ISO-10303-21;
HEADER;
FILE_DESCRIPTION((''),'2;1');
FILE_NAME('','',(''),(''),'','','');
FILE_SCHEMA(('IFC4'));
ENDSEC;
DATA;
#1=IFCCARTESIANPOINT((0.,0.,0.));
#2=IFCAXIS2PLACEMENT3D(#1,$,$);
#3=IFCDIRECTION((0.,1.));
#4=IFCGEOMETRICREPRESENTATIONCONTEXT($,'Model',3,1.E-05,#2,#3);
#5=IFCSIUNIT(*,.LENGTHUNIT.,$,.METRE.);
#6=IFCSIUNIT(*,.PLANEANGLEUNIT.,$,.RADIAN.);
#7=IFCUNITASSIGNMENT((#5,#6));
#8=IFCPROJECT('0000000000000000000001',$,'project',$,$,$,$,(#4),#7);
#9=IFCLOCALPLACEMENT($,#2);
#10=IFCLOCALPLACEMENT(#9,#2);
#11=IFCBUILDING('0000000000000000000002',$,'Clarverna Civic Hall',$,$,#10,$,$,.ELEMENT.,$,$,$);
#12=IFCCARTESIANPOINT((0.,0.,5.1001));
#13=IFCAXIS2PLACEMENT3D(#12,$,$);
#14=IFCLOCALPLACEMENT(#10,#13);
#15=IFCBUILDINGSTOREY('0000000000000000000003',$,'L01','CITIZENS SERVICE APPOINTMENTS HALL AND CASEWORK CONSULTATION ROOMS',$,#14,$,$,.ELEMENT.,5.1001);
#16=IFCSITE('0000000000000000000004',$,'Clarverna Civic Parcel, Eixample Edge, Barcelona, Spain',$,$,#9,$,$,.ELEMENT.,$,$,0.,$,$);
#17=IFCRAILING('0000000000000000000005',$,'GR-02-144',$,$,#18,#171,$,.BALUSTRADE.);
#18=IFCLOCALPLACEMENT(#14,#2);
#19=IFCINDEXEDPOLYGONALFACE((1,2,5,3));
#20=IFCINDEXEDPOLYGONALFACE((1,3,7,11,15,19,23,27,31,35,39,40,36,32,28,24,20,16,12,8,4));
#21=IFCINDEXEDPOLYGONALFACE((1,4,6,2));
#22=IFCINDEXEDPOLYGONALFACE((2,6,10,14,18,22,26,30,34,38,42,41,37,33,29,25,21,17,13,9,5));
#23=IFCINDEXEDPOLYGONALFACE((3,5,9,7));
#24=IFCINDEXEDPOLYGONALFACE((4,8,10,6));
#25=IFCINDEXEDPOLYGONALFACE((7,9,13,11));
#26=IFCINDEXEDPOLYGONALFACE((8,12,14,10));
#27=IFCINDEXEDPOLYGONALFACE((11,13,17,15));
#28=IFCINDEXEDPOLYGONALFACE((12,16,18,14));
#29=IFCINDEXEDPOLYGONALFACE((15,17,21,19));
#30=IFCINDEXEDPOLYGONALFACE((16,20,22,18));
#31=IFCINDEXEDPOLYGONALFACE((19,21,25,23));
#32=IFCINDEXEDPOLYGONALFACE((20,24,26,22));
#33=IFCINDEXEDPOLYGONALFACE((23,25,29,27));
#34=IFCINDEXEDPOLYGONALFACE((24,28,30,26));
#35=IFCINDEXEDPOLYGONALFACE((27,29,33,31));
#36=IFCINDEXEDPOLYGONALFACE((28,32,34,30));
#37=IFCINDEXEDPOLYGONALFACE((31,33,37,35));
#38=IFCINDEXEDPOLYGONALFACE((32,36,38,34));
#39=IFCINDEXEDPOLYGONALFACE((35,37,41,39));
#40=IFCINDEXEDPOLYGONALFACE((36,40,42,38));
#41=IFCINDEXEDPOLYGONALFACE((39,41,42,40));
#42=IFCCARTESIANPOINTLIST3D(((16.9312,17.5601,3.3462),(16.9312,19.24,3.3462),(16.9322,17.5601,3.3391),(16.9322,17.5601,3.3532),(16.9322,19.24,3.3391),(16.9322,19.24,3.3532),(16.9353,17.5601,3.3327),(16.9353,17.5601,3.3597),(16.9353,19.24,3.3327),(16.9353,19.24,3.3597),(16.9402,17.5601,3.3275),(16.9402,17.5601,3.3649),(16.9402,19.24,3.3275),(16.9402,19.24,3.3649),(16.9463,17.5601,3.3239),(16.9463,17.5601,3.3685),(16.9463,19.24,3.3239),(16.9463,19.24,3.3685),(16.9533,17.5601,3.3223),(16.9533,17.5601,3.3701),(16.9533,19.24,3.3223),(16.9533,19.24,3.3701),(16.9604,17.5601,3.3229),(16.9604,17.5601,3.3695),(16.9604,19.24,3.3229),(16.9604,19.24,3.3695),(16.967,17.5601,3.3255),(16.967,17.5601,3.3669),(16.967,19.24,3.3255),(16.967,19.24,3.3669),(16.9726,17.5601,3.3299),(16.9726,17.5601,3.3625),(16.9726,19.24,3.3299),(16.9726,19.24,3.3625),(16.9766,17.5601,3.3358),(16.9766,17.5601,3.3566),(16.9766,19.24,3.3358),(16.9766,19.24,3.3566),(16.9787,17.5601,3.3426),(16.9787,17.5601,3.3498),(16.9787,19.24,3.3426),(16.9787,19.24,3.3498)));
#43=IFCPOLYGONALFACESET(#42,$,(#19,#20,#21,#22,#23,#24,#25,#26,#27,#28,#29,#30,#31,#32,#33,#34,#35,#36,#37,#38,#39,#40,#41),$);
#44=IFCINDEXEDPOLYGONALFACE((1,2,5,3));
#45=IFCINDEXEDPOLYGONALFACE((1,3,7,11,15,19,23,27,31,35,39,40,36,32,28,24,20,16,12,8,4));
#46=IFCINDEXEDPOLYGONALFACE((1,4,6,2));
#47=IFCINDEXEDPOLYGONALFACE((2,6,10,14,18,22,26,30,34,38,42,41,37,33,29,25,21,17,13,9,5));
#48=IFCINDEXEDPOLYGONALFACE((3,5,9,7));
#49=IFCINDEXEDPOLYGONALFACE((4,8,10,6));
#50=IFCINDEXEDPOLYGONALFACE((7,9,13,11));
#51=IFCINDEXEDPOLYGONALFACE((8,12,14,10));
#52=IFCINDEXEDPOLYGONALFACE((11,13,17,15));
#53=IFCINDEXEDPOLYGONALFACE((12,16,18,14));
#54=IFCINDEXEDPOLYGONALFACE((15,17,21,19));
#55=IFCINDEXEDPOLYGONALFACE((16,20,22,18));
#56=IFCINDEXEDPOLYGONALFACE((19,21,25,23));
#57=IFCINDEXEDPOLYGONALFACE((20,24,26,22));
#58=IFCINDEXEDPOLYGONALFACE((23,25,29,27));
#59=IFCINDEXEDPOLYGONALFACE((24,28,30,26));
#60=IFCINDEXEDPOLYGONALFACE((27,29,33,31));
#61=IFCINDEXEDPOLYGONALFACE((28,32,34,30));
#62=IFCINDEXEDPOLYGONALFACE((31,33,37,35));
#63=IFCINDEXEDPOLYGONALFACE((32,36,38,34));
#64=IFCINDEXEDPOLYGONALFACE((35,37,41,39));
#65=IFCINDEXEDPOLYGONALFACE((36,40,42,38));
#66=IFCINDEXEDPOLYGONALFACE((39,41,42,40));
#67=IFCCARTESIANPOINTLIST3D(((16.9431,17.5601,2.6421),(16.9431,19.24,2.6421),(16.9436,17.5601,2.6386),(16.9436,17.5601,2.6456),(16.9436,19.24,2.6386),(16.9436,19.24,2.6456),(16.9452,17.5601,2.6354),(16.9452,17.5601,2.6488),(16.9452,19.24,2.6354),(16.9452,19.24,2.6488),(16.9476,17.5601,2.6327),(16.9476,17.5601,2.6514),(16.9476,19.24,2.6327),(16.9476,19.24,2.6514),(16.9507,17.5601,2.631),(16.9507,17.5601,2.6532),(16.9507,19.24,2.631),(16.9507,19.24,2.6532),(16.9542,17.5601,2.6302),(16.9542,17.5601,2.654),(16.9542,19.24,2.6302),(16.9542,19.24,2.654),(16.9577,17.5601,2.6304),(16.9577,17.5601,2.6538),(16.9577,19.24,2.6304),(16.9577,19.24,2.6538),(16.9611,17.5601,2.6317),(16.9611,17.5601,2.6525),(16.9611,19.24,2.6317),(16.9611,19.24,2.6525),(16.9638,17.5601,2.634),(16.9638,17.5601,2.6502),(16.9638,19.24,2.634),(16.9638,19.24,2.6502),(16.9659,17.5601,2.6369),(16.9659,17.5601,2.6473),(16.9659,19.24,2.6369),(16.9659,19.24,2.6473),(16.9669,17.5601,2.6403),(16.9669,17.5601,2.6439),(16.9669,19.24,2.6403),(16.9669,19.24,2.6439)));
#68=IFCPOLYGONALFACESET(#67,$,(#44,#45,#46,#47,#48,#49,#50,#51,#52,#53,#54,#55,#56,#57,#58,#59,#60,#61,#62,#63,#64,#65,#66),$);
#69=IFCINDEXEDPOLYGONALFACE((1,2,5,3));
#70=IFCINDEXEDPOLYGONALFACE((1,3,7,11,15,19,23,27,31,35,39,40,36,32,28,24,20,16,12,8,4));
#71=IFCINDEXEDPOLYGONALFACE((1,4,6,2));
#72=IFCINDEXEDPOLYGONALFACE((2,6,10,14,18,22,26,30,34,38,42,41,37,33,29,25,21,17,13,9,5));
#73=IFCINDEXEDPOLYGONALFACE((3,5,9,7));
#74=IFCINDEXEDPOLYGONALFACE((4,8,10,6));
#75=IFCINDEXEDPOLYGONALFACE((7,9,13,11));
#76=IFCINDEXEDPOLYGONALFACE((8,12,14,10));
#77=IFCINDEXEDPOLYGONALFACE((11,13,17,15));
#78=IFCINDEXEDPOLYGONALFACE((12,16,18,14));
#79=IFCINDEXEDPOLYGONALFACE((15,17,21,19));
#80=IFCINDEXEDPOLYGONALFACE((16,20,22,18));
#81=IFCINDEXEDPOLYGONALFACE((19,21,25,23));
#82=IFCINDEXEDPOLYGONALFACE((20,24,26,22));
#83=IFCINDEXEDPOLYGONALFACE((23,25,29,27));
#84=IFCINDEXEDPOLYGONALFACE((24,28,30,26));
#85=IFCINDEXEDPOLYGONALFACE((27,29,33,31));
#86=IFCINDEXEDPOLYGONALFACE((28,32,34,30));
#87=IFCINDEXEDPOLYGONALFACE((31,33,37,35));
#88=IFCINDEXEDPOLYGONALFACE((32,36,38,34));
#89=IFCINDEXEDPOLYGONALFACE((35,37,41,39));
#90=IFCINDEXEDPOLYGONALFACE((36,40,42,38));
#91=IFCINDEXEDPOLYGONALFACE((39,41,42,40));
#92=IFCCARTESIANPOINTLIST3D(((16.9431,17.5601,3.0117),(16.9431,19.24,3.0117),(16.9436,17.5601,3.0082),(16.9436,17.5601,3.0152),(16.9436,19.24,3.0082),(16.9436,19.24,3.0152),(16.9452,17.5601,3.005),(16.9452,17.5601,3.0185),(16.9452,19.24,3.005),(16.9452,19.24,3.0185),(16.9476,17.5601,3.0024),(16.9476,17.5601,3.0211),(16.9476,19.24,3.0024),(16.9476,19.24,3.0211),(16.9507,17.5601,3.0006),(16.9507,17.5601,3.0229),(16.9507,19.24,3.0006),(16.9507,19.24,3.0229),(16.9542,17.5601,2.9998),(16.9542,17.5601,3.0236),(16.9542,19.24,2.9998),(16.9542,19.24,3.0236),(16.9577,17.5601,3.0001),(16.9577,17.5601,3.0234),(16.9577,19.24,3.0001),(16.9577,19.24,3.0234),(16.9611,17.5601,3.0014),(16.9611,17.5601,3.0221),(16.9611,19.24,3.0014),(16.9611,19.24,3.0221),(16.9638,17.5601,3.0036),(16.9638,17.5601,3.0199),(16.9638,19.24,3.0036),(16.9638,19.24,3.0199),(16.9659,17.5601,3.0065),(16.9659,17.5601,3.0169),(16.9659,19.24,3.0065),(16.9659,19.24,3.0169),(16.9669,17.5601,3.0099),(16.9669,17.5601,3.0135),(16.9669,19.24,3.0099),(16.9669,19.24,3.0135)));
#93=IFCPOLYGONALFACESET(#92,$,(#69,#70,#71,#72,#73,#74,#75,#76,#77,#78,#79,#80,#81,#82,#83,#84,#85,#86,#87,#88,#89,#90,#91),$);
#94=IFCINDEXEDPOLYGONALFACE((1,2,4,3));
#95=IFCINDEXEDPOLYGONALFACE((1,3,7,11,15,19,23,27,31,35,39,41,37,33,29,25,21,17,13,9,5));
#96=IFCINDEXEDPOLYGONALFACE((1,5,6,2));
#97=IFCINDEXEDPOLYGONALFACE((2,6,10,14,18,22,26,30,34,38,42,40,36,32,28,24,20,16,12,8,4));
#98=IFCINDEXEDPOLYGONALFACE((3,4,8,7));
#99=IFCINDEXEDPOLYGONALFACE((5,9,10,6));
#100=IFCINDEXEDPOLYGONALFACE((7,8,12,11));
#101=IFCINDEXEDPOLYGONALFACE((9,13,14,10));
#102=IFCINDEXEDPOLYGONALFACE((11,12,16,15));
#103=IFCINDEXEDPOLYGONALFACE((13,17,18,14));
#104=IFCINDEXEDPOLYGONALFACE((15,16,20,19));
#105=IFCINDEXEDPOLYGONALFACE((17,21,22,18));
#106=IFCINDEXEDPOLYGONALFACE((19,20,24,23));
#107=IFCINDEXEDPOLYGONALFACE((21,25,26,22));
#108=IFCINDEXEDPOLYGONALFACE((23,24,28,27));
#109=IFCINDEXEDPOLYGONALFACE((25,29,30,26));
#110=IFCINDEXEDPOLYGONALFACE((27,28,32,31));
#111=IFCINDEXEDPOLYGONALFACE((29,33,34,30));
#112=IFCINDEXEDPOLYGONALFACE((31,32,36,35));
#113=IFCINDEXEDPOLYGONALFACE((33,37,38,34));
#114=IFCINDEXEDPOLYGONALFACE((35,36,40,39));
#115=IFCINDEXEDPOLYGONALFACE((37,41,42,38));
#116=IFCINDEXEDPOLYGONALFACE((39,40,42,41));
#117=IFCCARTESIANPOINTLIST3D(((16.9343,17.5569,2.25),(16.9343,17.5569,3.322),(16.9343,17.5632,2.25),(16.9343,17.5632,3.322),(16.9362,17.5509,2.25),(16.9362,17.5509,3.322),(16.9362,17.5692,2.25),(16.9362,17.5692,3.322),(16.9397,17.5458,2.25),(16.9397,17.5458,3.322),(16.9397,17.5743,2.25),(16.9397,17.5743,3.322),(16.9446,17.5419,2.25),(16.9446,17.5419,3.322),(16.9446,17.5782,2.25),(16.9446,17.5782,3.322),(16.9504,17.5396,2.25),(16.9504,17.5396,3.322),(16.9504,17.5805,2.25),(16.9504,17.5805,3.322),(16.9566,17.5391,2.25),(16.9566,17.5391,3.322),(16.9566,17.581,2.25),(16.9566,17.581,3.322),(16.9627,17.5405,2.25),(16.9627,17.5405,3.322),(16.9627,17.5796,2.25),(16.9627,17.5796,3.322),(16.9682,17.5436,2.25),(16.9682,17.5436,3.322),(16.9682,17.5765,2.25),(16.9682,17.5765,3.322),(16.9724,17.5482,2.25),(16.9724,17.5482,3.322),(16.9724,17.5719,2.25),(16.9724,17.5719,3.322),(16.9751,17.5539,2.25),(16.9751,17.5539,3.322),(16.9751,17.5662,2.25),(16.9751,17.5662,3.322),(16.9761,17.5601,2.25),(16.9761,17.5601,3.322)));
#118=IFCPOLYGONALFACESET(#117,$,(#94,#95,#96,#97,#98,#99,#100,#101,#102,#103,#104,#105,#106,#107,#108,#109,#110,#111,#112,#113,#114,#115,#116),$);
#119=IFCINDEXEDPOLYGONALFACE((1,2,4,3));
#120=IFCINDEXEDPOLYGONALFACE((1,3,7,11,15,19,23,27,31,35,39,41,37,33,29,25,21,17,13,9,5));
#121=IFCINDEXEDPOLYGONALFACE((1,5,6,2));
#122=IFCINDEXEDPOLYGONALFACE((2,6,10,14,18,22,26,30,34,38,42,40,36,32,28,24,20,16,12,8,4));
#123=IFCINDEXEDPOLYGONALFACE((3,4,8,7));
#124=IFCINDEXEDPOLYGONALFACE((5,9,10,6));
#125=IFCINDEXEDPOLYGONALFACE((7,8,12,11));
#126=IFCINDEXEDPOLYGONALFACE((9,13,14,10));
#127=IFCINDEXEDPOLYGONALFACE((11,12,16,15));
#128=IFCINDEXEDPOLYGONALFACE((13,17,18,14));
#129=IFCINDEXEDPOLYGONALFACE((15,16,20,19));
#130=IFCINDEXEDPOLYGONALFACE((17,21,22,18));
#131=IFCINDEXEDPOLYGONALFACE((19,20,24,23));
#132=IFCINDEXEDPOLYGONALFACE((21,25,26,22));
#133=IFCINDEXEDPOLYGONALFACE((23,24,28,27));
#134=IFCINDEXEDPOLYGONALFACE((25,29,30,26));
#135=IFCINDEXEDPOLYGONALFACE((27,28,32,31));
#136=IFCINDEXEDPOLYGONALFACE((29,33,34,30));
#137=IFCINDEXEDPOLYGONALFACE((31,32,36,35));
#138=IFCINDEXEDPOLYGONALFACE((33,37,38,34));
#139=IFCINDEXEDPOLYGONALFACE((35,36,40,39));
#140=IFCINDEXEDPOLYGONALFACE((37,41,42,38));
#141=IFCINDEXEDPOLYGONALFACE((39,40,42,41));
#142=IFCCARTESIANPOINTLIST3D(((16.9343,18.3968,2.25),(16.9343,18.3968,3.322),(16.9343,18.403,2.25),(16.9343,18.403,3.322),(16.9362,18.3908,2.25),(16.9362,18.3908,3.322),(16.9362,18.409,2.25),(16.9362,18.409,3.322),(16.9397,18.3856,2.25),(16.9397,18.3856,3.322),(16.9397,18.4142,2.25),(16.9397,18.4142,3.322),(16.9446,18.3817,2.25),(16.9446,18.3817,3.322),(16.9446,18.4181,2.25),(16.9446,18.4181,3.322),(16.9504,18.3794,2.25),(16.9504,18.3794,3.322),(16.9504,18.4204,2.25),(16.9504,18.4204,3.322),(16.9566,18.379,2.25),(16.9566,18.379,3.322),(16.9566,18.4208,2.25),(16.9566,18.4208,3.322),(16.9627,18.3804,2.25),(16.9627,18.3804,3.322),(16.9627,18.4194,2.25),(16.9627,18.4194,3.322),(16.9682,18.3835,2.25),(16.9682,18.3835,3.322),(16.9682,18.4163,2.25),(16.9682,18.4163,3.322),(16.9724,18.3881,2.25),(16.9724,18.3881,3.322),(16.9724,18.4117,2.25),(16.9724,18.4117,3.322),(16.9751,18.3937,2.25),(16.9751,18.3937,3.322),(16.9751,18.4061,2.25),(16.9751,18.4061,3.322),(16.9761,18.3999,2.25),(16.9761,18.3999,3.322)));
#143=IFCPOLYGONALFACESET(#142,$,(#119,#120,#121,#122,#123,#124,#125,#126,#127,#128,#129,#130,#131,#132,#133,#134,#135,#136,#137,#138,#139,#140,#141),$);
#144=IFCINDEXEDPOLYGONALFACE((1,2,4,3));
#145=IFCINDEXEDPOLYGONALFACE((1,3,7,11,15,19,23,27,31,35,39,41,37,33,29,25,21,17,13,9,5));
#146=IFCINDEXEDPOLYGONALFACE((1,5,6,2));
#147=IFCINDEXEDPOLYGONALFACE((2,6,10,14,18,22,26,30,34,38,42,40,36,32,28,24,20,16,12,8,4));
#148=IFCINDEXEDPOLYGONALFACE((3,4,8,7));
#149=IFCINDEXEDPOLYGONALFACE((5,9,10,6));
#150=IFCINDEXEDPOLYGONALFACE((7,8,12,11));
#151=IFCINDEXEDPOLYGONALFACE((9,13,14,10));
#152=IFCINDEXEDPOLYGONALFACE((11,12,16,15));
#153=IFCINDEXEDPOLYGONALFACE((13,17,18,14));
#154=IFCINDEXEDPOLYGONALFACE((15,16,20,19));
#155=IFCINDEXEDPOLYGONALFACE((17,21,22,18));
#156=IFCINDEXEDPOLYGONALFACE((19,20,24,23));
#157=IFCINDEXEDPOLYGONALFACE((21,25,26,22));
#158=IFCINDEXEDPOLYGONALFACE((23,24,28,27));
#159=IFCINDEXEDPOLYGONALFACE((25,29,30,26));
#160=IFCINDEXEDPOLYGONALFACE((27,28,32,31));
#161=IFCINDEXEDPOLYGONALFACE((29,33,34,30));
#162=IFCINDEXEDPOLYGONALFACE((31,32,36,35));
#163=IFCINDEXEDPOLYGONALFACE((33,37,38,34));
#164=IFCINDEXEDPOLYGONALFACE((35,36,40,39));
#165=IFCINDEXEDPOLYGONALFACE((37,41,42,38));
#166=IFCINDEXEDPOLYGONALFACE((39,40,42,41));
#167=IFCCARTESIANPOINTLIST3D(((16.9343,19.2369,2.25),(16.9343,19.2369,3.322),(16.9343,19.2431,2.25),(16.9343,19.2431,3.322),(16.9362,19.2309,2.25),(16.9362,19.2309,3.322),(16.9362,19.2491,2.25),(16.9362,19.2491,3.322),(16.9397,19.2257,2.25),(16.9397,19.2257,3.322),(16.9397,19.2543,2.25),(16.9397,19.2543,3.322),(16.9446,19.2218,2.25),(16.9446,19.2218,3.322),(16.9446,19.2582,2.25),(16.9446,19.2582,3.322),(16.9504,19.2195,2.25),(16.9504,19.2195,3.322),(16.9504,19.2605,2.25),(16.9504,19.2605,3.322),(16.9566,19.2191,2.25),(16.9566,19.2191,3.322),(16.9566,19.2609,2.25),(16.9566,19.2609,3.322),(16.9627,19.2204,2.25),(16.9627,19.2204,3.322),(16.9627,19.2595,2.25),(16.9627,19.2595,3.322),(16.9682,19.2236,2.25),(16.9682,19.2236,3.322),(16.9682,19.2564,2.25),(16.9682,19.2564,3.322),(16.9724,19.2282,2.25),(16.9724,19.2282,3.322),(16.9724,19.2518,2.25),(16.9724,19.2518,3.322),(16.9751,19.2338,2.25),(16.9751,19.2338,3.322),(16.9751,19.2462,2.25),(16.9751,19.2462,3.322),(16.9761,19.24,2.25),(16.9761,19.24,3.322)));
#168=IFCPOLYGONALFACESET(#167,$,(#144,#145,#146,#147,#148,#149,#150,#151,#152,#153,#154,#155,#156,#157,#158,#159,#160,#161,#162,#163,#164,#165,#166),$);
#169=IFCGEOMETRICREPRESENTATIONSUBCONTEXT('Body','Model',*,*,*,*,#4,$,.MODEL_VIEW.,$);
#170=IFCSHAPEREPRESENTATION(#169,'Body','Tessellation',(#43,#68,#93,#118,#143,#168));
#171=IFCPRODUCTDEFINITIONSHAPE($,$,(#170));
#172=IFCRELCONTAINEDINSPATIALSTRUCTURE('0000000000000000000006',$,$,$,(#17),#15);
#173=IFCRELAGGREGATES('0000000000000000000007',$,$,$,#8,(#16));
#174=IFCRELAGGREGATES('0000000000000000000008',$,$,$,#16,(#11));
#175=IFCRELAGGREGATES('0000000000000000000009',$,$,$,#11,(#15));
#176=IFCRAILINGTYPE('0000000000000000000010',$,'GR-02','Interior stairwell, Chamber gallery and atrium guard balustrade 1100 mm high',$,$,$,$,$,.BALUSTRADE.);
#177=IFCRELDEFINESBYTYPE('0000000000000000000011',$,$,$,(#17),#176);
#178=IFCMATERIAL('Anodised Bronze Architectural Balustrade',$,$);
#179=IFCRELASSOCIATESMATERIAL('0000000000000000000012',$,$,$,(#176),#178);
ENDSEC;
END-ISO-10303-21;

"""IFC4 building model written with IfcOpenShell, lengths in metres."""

from ifc_helpers import new_model, si_unit, direction, frame, origin, origin_2d, place, context, subcontext, project, spatial, circle, extrude, material, type_object, element, save


model = new_model("IFC4")

# Units and contexts
model_context = context("Model", 3, precision=1e-05, world=origin(), true_north=direction((0.0, 1.0)))
body_context = subcontext(model_context, "Body", "Model", "MODEL_VIEW")
ifc_project = project(units=[si_unit("LENGTHUNIT", "METRE"), si_unit("PLANEANGLEUNIT", "RADIAN")], contexts=[model_context])

# Site, building, storey
site_placement = place(None, origin())
site = spatial("IfcSite", under=ifc_project, at=site_placement, Name="Clarverna Civic Parcel, Eixample Edge, Barcelona, Spain", CompositionType="ELEMENT", RefElevation=0.0)
building_placement = place(site_placement, origin())
building = spatial("IfcBuilding", under=site, at=building_placement, Name="Clarverna Civic Hall", CompositionType="ELEMENT")
storey_placement = place(building_placement, frame((0.0, 0.0, 5.1001)))
storey = spatial("IfcBuildingStorey", under=building, at=storey_placement, Name="L01", Description="CITIZENS SERVICE APPOINTMENTS HALL AND CASEWORK CONSULTATION ROOMS", CompositionType="ELEMENT", Elevation=5.1001)

# Railing
ifc_material_1 = material(Name="Anodised Bronze Architectural Balustrade")
railing_type_1 = type_object("IfcRailingType", Name="GR-02", Description="Interior stairwell, Chamber gallery and atrium guard balustrade 1100 mm high", PredefinedType="BALUSTRADE", material=ifc_material_1)
railing_1_placement = place(storey_placement, frame((16.9551, 17.5601, 2.25)))
element("IfcRailing", 1, at=railing_1_placement, inside=storey, type_object=railing_type_1, Name="GR-02-144", PredefinedType="BALUSTRADE", context=body_context, shape_type="SweptSolid", body=[
    extrude(circle(Radius=0.0239, at=origin_2d()), frame((0.0, 0.0, 1.0962), z_axis=(0.0, 1.0, 0.0), x_axis=(-1.0, 0.0, 0.0)), (0.0, 0.0, 1.0), 1.6799),
    extrude(circle(Radius=0.012, at=origin_2d()), frame((0.0, 0.0, 0.3921), z_axis=(0.0, 1.0, 0.0), x_axis=(-1.0, 0.0, 0.0)), (0.0, 0.0, 1.0), 1.6799),
    extrude(circle(Radius=0.012, at=origin_2d()), frame((0.0, 0.0, 0.7617), z_axis=(0.0, 1.0, 0.0), x_axis=(-1.0, 0.0, 0.0)), (0.0, 0.0, 1.0), 1.6799),
    extrude(circle(Radius=0.021, at=origin_2d()), origin(), (0.0, 0.0, 1.0), 1.072),
    extrude(circle(Radius=0.021, at=origin_2d()), frame((0.0, 0.8398, 0.0)), (0.0, 0.0, 1.0), 1.072),
    extrude(circle(Radius=0.021, at=origin_2d()), frame((0.0, 1.6799, 0.0)), (0.0, 0.0, 1.0), 1.072),
])

save(model, "model.ifc")
